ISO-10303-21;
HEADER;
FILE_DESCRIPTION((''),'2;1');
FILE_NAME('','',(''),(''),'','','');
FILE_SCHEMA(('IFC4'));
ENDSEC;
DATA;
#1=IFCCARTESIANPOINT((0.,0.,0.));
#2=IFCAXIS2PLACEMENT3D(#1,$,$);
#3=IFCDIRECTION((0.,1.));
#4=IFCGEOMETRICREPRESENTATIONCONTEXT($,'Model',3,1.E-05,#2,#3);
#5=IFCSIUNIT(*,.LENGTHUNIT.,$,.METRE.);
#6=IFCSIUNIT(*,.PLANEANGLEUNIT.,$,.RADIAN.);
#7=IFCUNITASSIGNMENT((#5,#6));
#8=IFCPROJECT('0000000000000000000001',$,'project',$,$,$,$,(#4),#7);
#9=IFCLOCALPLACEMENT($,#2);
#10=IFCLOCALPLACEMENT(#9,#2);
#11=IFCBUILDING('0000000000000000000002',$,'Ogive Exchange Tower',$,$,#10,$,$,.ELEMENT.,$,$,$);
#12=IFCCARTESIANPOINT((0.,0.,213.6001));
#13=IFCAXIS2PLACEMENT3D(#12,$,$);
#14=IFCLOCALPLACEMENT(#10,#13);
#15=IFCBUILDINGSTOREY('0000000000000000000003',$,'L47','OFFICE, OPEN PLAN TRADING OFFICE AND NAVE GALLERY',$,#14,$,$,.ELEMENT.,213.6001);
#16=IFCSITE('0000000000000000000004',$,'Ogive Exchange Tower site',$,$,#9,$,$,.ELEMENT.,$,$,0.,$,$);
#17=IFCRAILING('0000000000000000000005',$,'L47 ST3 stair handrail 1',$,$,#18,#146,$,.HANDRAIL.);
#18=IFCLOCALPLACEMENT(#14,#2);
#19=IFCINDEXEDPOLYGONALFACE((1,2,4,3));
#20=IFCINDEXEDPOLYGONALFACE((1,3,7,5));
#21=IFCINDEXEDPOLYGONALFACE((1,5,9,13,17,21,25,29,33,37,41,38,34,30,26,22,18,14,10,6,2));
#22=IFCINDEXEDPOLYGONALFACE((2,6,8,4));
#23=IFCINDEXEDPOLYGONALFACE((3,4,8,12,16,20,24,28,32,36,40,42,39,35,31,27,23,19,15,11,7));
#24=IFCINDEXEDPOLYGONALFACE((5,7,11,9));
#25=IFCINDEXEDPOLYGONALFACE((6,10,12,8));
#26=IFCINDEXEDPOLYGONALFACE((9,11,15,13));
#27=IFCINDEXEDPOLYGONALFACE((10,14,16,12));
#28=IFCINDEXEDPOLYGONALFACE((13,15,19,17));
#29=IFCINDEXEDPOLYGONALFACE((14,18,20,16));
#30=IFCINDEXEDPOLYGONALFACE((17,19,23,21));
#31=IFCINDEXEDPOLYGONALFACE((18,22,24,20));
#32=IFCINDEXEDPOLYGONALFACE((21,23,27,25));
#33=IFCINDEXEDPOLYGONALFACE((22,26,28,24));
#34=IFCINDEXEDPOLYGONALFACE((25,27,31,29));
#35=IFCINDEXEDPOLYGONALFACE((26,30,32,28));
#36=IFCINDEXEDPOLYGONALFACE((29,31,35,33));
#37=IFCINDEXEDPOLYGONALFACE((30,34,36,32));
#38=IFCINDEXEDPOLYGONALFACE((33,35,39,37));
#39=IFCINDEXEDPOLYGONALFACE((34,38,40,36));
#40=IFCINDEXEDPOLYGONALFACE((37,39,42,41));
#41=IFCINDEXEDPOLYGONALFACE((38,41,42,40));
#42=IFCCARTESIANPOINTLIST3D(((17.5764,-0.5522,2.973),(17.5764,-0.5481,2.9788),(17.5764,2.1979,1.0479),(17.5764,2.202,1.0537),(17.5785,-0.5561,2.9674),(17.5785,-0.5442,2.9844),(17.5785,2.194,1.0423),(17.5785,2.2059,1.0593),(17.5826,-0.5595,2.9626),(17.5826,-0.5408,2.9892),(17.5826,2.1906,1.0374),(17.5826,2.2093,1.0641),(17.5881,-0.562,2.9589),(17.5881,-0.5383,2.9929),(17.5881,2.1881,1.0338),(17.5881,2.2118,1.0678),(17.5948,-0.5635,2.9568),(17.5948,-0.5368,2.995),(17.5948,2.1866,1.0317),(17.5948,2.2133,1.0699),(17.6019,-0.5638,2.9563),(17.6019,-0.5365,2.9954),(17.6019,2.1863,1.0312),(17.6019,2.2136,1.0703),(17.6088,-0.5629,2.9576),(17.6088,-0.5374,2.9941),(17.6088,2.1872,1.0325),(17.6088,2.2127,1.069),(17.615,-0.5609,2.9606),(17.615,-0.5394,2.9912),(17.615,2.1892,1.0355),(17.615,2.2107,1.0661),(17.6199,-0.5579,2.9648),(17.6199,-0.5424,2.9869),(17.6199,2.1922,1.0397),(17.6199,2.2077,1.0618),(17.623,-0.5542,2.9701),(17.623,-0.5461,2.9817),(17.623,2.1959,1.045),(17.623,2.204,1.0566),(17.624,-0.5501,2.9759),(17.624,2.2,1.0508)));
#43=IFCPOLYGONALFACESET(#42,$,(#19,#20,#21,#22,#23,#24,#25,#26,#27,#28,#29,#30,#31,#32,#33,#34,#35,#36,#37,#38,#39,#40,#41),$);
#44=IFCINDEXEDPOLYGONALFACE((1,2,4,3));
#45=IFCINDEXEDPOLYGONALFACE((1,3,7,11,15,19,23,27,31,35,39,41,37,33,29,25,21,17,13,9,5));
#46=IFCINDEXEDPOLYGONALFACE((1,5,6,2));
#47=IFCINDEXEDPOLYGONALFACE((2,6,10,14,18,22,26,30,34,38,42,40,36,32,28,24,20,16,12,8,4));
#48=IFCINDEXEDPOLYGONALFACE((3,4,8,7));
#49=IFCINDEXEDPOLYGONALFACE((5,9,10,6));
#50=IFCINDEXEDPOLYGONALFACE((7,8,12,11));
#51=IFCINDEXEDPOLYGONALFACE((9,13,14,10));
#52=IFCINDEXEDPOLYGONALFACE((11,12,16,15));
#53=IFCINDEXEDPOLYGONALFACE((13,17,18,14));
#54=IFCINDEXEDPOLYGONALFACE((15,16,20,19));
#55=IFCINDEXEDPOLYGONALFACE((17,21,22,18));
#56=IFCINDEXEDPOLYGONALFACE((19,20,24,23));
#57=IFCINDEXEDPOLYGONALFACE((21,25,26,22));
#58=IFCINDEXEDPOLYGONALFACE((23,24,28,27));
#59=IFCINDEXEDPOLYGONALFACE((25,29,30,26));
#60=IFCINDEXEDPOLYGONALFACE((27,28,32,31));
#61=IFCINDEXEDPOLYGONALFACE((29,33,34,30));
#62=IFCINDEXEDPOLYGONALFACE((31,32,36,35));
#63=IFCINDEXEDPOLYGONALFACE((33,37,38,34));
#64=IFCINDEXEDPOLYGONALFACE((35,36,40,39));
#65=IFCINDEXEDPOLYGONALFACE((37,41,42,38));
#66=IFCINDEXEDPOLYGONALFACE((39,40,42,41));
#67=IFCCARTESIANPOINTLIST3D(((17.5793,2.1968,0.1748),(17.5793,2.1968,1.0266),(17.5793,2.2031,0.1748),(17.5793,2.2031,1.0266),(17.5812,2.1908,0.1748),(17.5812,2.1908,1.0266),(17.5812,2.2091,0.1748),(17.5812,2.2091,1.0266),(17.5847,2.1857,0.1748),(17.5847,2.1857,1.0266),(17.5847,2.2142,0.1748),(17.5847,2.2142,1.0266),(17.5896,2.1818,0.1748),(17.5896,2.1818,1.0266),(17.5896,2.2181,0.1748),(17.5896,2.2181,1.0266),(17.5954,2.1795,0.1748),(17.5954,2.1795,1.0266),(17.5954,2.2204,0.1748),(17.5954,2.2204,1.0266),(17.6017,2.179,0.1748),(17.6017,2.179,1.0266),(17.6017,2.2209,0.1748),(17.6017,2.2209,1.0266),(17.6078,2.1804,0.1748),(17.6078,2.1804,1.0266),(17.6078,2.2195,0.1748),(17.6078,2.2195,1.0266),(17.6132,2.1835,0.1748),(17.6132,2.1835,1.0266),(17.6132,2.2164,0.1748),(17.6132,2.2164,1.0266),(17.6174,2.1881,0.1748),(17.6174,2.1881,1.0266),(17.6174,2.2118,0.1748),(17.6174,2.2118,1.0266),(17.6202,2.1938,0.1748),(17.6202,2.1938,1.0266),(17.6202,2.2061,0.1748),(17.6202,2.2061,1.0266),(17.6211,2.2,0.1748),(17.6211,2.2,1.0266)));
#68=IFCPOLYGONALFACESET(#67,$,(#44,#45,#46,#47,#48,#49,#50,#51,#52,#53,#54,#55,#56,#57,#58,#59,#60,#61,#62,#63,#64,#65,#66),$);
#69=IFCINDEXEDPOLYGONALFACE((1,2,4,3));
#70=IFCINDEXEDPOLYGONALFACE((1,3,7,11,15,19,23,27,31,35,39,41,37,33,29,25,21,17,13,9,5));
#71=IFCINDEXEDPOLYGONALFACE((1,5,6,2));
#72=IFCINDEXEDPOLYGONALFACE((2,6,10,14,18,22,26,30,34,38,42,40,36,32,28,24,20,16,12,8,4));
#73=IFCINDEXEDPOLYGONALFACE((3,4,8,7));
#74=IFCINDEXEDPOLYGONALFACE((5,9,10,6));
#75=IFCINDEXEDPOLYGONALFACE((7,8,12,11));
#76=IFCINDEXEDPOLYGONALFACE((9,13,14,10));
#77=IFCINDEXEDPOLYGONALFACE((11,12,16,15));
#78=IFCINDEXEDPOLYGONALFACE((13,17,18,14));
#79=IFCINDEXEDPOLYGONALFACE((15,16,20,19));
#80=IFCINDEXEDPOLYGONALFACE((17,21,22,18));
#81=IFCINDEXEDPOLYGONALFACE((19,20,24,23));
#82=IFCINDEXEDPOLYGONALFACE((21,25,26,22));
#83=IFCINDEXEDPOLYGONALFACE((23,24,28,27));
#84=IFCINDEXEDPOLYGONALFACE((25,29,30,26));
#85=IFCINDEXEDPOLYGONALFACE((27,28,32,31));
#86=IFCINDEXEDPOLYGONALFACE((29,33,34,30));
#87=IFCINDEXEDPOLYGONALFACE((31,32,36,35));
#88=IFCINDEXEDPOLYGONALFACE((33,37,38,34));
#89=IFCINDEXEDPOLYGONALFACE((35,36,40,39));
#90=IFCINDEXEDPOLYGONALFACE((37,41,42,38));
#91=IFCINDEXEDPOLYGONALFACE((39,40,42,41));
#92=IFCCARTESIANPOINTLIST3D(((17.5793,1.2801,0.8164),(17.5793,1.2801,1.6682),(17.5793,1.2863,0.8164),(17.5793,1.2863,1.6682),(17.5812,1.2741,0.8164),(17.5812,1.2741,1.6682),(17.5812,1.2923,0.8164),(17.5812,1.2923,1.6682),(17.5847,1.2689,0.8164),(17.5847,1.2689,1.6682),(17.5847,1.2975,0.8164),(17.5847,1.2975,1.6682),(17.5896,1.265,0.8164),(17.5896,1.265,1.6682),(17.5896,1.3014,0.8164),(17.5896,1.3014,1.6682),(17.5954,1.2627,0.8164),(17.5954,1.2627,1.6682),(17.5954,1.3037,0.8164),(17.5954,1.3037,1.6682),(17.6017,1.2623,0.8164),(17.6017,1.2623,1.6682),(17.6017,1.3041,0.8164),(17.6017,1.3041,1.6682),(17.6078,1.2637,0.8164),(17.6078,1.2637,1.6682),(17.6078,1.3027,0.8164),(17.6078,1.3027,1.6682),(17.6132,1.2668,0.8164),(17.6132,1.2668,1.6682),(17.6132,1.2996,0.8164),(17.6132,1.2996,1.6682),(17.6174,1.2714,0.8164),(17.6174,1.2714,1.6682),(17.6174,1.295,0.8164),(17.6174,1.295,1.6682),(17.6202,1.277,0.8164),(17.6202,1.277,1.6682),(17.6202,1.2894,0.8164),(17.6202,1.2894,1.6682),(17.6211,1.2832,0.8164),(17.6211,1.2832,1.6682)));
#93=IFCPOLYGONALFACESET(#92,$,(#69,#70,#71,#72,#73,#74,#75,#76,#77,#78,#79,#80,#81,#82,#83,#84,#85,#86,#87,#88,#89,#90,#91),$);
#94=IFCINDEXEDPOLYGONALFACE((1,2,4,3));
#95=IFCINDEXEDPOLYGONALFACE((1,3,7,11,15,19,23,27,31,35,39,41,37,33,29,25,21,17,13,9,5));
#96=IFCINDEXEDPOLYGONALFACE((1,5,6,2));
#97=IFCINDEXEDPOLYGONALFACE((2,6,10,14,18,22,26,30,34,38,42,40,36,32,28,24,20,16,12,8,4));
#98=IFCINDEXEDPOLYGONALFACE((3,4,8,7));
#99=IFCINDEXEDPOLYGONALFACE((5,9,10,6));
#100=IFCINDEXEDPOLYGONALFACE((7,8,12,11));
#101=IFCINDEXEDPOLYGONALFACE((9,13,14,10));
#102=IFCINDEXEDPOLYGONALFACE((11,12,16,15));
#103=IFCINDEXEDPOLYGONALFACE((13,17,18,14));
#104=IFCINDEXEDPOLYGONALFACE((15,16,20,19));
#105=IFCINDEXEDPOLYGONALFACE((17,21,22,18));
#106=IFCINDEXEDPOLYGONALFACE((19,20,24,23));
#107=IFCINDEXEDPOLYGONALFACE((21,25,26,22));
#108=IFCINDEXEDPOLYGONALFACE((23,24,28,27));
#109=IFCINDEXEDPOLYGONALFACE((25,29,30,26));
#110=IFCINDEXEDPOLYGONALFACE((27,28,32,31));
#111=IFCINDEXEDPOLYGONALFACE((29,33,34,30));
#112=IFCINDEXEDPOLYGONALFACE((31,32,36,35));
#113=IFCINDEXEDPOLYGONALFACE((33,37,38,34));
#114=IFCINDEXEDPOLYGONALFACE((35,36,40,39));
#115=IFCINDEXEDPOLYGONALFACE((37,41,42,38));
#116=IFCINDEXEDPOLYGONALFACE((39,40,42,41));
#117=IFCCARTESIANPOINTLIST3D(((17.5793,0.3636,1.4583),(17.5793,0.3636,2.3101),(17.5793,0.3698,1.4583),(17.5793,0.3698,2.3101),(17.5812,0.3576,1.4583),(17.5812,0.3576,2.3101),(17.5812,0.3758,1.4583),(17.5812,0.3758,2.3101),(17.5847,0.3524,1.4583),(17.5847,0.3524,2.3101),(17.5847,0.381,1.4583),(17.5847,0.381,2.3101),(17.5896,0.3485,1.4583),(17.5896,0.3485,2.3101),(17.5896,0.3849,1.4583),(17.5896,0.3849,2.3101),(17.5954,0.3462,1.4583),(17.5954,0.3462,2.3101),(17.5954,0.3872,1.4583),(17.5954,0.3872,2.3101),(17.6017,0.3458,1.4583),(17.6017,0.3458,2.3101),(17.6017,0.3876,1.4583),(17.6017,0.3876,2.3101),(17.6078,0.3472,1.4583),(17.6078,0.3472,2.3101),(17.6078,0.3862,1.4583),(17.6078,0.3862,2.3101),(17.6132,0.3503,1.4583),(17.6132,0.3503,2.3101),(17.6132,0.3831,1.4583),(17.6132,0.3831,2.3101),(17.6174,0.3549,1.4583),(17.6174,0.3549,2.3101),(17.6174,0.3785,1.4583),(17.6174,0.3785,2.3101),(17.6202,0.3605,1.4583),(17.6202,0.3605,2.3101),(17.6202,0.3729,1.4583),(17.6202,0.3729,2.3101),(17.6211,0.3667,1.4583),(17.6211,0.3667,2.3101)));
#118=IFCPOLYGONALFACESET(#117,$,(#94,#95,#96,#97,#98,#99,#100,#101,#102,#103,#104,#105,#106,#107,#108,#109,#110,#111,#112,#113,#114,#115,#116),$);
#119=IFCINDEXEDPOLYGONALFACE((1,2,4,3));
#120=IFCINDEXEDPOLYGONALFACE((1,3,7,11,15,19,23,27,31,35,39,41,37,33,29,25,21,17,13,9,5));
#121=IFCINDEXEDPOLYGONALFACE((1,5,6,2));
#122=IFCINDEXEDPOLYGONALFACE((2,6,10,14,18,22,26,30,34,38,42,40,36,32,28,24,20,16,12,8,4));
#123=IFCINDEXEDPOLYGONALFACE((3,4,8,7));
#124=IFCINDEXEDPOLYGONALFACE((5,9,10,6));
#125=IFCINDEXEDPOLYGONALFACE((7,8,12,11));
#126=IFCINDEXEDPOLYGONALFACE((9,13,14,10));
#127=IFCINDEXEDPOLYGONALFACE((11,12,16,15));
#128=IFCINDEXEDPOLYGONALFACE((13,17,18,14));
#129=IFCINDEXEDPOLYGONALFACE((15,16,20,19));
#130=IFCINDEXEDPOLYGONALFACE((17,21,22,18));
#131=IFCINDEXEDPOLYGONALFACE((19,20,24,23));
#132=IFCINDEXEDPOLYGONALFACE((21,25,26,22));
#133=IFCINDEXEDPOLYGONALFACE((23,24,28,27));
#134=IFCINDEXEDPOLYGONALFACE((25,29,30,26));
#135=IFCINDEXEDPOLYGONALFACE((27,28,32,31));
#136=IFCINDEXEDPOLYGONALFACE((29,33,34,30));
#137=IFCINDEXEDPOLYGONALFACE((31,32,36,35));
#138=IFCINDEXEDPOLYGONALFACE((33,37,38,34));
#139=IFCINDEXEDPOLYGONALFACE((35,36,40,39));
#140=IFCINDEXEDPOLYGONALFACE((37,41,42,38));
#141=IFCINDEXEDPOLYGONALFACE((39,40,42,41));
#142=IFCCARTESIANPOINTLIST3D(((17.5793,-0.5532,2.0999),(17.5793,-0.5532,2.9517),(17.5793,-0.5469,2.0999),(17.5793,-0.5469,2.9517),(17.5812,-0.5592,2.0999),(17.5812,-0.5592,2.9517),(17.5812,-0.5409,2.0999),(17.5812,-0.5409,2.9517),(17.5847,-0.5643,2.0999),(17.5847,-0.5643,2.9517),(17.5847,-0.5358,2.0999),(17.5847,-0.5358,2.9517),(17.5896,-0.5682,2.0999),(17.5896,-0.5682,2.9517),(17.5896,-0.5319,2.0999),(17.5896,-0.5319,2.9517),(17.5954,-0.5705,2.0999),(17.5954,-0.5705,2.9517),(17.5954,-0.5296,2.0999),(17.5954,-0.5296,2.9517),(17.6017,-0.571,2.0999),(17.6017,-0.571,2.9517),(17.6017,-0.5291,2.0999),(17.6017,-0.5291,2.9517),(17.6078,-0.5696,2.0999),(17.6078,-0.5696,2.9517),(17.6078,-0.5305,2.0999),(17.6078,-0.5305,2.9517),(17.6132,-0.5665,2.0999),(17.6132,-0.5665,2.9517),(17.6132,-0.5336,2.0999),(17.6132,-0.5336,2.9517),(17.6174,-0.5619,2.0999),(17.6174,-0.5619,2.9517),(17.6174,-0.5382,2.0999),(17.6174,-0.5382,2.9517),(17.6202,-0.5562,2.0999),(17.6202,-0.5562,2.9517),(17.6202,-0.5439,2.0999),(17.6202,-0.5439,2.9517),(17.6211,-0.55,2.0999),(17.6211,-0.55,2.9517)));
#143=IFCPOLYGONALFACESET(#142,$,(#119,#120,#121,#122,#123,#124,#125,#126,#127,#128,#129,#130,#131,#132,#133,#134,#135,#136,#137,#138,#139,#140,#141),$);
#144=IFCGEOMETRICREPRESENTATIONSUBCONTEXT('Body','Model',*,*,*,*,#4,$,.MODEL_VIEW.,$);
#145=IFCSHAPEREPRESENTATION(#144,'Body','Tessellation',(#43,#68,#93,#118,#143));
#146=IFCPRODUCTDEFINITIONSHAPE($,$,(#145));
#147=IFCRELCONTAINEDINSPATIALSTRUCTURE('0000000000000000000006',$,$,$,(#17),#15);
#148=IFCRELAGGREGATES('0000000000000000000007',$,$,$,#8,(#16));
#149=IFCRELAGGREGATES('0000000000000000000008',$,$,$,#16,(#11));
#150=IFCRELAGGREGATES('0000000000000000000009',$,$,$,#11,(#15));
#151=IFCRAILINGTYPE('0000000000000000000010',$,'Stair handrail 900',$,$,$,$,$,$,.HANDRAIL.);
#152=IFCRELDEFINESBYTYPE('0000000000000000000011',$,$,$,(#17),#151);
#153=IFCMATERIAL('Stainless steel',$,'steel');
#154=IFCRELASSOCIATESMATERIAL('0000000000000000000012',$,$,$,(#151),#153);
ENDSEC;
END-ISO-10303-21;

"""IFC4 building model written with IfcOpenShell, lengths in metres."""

from ifc_helpers import new_model, si_unit, direction, frame, origin, origin_2d, place, context, subcontext, project, spatial, circle, extrude, material, type_object, element, save


model = new_model("IFC4")

# Units and contexts
model_context = context("Model", 3, precision=1e-05, world=origin(), true_north=direction((0.0, 1.0)))
body_context = subcontext(model_context, "Body", "Model", "MODEL_VIEW")
ifc_project = project(units=[si_unit("LENGTHUNIT", "METRE"), si_unit("PLANEANGLEUNIT", "RADIAN")], contexts=[model_context])

# Site, building, storey
site_placement = place(None, origin())
site = spatial("IfcSite", under=ifc_project, at=site_placement, Name="Ogive Exchange Tower site", CompositionType="ELEMENT", RefElevation=0.0)
building_placement = place(site_placement, origin())
building = spatial("IfcBuilding", under=site, at=building_placement, Name="Ogive Exchange Tower", CompositionType="ELEMENT")
storey_placement = place(building_placement, frame((0.0, 0.0, 213.6001)))
storey = spatial("IfcBuildingStorey", under=building, at=storey_placement, Name="L47", Description="OFFICE, OPEN PLAN TRADING OFFICE AND NAVE GALLERY", CompositionType="ELEMENT", Elevation=213.6001)

# Shared definitions
ifc_material_1 = material(Name="Stainless steel", Category="steel")

# Railing
railing_type = type_object("IfcRailingType", Name="Stair handrail 900", PredefinedType="HANDRAIL", material=ifc_material_1)
railing_placement = place(storey_placement, frame((17.6001, 2.2, 0.1748)))
element("IfcRailing", 1, at=railing_placement, inside=storey, type_object=railing_type, Name="L47 ST3 stair handrail 1", PredefinedType="HANDRAIL", context=body_context, shape_type="SweptSolid", body=[
    extrude(circle(Radius=0.0239, at=origin_2d()), frame((0.0, 0.0, 0.876), z_axis=(0.0, -0.819225, 0.573472), x_axis=(1.0, 0.0, 0.0)), (0.0, 0.0, 1.0), 3.3569),
    extrude(circle(Radius=0.021, at=origin_2d()), origin(), (0.0, 0.0, 1.0), 0.8518),
    extrude(circle(Radius=0.021, at=origin_2d()), frame((0.0, -0.9167, 0.6416)), (0.0, 0.0, 1.0), 0.8518),
    extrude(circle(Radius=0.021, at=origin_2d()), frame((0.0, -1.8333, 1.2834)), (0.0, 0.0, 1.0), 0.8518),
    extrude(circle(Radius=0.021, at=origin_2d()), frame((0.0, -2.75, 1.925)), (0.0, 0.0, 1.0), 0.8518),
])

save(model, "model.ifc")
